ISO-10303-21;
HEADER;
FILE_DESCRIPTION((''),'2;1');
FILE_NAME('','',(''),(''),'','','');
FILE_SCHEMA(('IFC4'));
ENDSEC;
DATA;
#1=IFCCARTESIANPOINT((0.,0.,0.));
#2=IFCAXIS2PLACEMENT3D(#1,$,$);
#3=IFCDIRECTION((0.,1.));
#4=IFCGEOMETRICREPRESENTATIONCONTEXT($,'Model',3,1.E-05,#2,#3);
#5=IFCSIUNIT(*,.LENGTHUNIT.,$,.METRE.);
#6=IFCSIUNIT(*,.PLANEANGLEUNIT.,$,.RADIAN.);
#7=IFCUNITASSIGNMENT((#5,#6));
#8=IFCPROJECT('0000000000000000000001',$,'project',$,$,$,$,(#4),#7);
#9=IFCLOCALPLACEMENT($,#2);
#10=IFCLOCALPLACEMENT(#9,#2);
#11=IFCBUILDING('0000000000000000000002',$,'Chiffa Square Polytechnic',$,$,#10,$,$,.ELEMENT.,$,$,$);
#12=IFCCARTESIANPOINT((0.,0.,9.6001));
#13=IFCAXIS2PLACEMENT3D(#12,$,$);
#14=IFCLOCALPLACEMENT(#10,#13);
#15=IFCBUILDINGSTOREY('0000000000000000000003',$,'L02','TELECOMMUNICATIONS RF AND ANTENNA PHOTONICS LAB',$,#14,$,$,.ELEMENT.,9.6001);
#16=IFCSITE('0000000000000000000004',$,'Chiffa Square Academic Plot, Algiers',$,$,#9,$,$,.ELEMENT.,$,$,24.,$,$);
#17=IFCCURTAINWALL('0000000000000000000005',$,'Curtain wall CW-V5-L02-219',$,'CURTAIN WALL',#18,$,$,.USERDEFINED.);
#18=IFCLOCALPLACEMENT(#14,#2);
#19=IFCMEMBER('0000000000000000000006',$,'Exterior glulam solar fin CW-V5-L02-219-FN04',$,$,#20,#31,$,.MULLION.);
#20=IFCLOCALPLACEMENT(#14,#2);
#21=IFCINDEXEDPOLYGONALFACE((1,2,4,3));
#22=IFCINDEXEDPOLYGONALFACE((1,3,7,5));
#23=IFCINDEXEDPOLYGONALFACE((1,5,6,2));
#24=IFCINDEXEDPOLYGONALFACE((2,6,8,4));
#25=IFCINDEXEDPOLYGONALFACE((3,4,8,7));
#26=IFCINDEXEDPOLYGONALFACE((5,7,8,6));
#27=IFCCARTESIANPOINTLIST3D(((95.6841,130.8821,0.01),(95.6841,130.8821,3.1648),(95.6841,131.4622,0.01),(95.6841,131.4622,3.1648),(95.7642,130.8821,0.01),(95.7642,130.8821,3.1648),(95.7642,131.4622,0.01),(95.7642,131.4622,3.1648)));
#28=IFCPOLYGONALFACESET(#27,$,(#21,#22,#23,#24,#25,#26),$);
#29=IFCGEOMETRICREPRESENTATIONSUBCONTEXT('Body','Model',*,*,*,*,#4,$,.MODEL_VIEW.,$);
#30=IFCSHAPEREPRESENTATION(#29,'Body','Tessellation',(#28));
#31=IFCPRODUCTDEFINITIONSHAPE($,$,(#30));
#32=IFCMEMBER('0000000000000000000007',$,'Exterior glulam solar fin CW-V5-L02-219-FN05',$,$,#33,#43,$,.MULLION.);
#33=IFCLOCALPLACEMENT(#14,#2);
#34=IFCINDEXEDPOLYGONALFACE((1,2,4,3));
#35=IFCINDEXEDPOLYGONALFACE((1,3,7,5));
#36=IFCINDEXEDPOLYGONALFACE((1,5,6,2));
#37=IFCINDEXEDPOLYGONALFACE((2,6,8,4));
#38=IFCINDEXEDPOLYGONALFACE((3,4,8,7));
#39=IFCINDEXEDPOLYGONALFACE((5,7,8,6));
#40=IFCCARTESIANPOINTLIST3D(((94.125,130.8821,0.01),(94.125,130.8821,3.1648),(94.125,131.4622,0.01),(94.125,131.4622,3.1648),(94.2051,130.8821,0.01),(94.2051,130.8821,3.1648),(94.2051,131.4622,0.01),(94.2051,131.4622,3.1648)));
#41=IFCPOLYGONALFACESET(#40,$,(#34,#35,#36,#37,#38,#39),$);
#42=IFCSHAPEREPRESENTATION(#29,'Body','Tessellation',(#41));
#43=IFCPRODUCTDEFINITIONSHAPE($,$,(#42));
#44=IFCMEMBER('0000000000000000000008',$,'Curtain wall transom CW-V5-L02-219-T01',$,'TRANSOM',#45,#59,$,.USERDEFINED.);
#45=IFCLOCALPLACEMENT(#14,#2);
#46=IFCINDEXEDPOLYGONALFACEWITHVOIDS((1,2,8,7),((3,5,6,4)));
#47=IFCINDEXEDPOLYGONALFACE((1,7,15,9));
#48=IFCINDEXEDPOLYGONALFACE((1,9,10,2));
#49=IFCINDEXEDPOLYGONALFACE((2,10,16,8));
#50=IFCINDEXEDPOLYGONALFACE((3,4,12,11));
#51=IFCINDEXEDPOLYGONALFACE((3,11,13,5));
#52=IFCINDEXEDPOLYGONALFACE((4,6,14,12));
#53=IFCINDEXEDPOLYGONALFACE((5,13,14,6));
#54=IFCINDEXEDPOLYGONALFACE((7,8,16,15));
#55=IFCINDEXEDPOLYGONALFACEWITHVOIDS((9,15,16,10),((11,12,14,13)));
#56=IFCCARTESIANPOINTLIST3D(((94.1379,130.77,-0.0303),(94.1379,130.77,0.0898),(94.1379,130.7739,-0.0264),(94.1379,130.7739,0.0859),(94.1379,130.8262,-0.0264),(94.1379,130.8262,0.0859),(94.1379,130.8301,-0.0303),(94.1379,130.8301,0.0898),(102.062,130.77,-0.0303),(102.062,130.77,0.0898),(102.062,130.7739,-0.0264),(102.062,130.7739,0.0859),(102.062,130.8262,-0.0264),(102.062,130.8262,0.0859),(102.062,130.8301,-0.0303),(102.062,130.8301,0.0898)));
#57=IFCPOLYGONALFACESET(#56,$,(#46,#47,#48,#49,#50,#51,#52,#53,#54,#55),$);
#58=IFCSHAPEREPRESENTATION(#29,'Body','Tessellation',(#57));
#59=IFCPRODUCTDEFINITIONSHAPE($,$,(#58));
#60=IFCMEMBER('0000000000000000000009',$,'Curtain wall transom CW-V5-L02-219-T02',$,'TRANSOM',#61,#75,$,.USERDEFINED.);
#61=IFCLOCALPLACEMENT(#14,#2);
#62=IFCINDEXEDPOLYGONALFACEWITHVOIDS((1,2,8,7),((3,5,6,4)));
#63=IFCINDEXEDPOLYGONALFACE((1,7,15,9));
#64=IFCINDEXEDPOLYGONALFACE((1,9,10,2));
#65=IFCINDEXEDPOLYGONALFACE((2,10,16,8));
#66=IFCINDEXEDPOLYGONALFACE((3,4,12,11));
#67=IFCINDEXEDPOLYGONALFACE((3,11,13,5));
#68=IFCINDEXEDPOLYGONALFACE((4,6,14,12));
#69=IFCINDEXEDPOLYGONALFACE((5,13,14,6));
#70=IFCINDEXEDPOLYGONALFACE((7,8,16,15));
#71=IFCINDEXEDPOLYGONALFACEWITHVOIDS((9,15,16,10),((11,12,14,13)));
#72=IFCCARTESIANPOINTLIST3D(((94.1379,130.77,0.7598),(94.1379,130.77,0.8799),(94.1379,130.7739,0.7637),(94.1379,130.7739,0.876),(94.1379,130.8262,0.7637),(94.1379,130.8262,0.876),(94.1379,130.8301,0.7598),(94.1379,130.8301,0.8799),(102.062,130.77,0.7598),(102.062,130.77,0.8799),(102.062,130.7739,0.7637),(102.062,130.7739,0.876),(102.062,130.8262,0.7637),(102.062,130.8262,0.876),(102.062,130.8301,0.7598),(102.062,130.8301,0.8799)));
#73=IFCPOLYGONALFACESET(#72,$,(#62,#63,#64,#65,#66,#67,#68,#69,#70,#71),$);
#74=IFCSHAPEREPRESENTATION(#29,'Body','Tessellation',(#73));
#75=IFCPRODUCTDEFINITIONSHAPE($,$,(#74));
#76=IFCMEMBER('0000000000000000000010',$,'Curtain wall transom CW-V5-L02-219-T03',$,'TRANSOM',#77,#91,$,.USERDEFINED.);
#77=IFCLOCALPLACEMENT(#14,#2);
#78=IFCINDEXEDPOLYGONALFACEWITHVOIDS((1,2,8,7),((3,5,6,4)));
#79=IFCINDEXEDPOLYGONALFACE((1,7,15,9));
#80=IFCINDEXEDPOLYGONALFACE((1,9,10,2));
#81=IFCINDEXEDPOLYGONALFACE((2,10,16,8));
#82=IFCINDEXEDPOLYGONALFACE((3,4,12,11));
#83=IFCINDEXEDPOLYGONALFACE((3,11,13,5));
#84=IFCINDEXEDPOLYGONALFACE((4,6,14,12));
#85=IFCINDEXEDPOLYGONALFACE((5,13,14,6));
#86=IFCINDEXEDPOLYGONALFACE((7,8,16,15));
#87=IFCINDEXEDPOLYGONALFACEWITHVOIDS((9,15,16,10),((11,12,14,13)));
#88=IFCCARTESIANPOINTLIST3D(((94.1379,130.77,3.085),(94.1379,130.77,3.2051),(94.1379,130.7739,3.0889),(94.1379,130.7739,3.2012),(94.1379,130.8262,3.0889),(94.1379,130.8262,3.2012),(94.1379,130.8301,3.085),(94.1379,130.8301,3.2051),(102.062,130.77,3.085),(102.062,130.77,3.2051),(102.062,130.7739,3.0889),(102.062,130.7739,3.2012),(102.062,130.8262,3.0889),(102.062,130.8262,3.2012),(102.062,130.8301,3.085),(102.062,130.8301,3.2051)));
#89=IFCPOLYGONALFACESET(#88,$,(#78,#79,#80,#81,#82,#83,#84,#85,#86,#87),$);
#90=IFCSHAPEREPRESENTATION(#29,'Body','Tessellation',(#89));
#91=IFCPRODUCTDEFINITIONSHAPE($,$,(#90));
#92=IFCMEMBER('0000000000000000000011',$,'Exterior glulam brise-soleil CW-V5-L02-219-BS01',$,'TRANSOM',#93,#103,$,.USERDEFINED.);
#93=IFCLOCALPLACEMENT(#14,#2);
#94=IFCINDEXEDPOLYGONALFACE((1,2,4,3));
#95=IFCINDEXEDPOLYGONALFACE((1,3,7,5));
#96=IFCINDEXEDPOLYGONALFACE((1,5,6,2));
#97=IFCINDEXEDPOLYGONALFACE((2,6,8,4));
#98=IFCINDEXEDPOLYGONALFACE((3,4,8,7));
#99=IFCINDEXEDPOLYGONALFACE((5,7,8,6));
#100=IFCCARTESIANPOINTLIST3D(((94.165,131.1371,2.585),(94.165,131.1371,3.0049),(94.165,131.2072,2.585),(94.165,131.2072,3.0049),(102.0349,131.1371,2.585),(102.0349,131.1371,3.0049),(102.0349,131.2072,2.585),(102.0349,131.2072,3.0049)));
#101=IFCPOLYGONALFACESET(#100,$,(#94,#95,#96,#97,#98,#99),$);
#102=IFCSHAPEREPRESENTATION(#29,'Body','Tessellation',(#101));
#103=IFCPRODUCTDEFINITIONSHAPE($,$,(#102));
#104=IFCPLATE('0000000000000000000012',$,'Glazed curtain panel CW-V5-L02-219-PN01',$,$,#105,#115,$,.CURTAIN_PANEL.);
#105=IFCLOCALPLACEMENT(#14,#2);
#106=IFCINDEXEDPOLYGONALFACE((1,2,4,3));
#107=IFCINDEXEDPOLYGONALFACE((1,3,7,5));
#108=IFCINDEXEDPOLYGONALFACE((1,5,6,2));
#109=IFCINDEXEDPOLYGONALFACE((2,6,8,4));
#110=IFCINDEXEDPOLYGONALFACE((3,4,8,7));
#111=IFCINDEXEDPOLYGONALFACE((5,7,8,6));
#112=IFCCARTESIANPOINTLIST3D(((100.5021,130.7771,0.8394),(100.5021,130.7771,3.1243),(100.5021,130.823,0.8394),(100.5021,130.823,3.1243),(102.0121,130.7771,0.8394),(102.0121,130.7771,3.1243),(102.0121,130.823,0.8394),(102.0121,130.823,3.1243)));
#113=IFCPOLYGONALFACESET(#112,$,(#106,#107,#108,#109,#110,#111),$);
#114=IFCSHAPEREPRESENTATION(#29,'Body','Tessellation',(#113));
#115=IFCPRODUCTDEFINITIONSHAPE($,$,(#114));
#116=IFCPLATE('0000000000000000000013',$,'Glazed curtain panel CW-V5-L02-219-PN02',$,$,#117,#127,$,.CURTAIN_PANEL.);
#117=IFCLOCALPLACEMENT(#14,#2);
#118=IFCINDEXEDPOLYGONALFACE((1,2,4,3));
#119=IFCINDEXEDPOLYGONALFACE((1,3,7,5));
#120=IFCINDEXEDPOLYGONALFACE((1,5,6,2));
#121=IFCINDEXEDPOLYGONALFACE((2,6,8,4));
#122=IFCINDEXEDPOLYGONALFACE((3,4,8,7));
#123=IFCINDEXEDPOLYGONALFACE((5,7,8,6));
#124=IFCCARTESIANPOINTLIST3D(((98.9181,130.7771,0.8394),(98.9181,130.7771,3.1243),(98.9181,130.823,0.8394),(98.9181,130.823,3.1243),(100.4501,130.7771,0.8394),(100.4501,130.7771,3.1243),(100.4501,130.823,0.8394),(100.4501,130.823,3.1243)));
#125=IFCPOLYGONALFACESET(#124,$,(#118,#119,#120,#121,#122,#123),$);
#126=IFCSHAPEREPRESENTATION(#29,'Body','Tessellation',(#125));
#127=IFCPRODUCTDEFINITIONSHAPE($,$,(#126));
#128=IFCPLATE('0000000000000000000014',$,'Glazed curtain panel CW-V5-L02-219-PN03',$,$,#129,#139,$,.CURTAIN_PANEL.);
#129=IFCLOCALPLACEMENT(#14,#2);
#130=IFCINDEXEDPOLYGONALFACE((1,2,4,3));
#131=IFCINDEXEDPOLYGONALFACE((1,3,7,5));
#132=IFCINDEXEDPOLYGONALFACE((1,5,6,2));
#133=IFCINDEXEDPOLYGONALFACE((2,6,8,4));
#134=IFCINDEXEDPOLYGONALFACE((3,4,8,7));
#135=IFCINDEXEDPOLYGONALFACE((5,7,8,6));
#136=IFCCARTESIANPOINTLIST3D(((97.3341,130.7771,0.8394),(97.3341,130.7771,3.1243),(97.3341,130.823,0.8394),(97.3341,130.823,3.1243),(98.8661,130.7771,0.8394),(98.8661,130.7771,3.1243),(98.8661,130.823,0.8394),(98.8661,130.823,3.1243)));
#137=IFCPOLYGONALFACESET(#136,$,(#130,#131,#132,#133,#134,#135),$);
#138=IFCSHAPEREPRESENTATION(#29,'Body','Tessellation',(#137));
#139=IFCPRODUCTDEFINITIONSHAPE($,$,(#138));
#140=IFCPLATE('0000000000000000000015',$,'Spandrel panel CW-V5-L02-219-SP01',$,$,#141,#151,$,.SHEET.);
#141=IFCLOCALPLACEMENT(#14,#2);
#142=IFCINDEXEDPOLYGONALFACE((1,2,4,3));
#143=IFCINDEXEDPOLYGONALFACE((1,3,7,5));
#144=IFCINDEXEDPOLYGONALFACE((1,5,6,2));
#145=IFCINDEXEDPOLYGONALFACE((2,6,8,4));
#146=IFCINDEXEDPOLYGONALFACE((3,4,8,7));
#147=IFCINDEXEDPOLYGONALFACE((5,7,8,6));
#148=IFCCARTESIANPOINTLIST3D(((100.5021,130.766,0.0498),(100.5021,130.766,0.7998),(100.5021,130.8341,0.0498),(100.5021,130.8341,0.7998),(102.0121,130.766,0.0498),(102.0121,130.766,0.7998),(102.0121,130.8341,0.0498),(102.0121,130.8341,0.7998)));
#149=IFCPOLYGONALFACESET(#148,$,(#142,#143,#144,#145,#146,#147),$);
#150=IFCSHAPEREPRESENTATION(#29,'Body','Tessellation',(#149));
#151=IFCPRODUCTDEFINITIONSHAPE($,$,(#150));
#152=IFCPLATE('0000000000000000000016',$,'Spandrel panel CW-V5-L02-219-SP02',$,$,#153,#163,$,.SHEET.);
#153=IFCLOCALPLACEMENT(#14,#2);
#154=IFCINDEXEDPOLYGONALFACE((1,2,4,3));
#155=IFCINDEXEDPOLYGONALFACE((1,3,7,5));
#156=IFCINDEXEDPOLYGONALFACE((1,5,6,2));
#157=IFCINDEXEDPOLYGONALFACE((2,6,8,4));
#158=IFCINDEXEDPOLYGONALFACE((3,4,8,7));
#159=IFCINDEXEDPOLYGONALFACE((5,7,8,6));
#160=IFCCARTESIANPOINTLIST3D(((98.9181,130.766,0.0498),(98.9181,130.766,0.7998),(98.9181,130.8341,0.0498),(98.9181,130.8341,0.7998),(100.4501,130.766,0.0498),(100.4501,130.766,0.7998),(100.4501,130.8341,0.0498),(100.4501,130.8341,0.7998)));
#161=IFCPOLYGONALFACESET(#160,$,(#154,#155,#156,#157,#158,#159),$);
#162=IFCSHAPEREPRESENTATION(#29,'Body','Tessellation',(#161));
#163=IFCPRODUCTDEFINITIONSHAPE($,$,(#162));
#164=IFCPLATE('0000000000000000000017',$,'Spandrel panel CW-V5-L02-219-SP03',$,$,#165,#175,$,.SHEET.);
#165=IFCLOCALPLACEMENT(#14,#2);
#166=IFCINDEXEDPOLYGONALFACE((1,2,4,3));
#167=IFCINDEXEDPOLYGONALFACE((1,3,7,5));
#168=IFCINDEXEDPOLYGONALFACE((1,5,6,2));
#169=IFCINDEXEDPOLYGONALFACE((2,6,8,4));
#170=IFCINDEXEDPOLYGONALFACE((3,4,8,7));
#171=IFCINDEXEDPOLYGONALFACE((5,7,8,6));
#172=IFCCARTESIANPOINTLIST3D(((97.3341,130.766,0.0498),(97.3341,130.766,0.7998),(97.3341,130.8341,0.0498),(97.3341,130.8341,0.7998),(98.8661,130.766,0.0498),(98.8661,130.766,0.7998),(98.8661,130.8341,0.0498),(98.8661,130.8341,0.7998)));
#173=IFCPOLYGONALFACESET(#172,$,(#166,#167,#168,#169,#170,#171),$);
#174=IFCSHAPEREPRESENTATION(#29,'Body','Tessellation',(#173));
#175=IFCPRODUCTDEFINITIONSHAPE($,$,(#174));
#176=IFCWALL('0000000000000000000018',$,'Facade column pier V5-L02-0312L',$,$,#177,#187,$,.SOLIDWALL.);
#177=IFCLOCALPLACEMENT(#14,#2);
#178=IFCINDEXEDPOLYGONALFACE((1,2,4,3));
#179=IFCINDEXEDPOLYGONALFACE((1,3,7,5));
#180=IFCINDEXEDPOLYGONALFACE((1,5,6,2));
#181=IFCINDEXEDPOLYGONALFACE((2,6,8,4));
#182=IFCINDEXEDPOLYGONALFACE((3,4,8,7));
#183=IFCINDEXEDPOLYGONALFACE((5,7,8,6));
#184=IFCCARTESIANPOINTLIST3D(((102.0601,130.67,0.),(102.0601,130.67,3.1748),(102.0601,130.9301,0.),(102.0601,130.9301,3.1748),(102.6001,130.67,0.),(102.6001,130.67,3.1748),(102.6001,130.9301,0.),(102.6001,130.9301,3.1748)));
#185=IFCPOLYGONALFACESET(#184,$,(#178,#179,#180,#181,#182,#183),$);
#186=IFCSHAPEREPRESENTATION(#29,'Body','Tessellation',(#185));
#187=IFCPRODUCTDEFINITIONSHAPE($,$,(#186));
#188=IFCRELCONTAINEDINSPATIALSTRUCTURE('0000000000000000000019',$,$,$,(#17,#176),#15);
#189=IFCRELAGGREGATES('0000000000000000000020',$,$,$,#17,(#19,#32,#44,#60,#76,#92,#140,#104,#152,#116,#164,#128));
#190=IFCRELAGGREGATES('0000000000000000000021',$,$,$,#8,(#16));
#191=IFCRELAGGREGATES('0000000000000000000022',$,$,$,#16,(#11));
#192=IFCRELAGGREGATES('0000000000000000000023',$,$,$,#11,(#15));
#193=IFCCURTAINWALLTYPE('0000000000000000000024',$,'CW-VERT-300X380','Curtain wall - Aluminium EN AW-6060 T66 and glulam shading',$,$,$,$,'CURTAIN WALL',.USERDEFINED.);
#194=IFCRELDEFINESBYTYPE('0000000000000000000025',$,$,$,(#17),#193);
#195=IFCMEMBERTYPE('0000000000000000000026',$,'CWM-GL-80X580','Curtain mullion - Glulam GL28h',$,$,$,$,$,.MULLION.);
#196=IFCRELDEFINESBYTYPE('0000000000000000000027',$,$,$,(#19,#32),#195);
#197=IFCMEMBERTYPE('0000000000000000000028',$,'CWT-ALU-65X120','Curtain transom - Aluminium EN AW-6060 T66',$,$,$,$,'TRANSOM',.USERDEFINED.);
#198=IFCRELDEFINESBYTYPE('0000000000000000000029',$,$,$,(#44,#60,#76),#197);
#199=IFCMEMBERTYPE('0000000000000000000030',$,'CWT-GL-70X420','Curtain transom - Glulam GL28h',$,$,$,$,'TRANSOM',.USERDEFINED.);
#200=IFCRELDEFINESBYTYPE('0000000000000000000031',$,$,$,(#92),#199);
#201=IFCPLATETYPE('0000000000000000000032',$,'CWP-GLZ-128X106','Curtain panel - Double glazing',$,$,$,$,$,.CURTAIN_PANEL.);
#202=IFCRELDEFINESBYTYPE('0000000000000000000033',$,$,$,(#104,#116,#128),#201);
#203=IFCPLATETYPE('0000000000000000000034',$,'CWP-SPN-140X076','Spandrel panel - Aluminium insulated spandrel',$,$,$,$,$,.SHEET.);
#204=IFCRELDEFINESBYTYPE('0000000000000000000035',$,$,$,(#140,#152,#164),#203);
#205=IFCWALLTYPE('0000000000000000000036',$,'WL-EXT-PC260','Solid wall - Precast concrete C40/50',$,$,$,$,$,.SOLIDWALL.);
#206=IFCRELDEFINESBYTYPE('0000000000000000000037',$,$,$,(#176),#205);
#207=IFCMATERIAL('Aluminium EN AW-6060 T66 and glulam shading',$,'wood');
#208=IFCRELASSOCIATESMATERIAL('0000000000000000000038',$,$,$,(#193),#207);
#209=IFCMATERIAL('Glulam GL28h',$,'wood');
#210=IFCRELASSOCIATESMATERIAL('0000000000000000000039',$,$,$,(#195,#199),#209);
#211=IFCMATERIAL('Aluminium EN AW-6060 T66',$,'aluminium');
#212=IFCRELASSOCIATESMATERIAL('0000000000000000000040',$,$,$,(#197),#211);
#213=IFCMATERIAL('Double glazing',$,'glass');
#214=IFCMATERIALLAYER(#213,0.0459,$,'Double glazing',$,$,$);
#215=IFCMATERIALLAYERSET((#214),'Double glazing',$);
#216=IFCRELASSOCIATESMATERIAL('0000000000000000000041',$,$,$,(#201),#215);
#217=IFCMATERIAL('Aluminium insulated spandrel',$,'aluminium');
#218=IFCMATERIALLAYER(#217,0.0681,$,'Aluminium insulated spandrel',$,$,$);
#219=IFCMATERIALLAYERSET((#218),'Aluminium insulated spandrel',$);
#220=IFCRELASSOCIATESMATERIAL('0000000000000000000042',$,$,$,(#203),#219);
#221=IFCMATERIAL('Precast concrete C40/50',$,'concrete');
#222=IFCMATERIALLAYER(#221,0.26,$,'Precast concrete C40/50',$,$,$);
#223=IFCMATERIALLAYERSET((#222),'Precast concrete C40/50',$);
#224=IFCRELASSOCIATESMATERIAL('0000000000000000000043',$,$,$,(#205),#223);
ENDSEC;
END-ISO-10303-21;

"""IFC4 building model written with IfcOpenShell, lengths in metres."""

from ifc_helpers import new_model, si_unit, direction, frame, frame_2d, origin, origin_2d, place, context, subcontext, project, spatial, rectangle, hollow_rectangle, extrude, material, layer, layer_set, material_profile, profile_set, type_object, element, aggregate, save


model = new_model("IFC4")

# Units and contexts
model_context = context("Model", 3, precision=1e-05, world=origin(), true_north=direction((0.0, 1.0)))
body_context = subcontext(model_context, "Body", "Model", "MODEL_VIEW")
ifc_project = project(units=[si_unit("LENGTHUNIT", "METRE"), si_unit("PLANEANGLEUNIT", "RADIAN")], contexts=[model_context])

# Site, building, storey
site_placement = place(None, origin())
site = spatial("IfcSite", under=ifc_project, at=site_placement, Name="Chiffa Square Academic Plot, Algiers", CompositionType="ELEMENT", RefElevation=24.0)
building_placement = place(site_placement, origin())
building = spatial("IfcBuilding", under=site, at=building_placement, Name="Chiffa Square Polytechnic", CompositionType="ELEMENT")
storey_placement = place(building_placement, frame((0.0, 0.0, 9.6001)))
storey = spatial("IfcBuildingStorey", under=building, at=storey_placement, Name="L02", Description="TELECOMMUNICATIONS RF AND ANTENNA PHOTONICS LAB", CompositionType="ELEMENT", Elevation=9.6001)

# Shared definitions
ifc_material_1 = material(Name="Aluminium EN AW-6060 T66 and glulam shading", Category="wood")
ifc_material_2 = material(Name="Aluminium EN AW-6060 T66", Category="aluminium")

# Curtain wall
curtain_wall_type_1 = type_object("IfcCurtainWallType", Name="CW-VERT-300X380", Description="Curtain wall - Aluminium EN AW-6060 T66 and glulam shading", ElementType="CURTAIN WALL", PredefinedType="USERDEFINED", material=ifc_material_1)
curtain_wall_1_placement = place(storey_placement, origin())
curtain_wall_1 = element("IfcCurtainWall", 1, at=curtain_wall_1_placement, inside=storey, type_object=curtain_wall_type_1, Name="Curtain wall CW-V5-L02-219", ObjectType="CURTAIN WALL", PredefinedType="USERDEFINED")

# Members
ifc_material_3 = material(Name="Glulam GL28h", Category="wood")
ifc_material_profile_1 = material_profile(ifc_material_3, rectangle(XDim=0.0801, YDim=0.5801, at=origin_2d()), Name="GL28h 80x580")
ifc_profile_set_1 = profile_set([ifc_material_profile_1], Name="Glulam GL28h")
member_type_1 = type_object("IfcMemberType", Name="CWM-GL-80X580", Description="Curtain mullion - Glulam GL28h", PredefinedType="MULLION", material=ifc_profile_set_1)
member_1_placement = place(storey_placement, frame((95.7241, 131.1721, 0.01), z_axis=(0.0, 0.0, 1.0), x_axis=(-1.0, 0.0, 0.0)))
member_1 = element("IfcMember", 2, at=member_1_placement, type_object=member_type_1, Name="Exterior glulam solar fin CW-V5-L02-219-FN04", PredefinedType="MULLION", context=body_context, shape_type="SweptSolid", body=[
    extrude(rectangle(XDim=0.0801, YDim=0.5801, at=origin_2d()), origin(), (0.0, 0.0, 1.0), 3.1548),
])
member_2_placement = place(storey_placement, frame((94.165, 131.1721, 0.01), z_axis=(0.0, 0.0, 1.0), x_axis=(-1.0, 0.0, 0.0)))
member_2 = element("IfcMember", 3, at=member_2_placement, type_object=member_type_1, Name="Exterior glulam solar fin CW-V5-L02-219-FN05", PredefinedType="MULLION", context=body_context, shape_type="SweptSolid", body=[
    extrude(rectangle(XDim=0.0801, YDim=0.5801, at=origin_2d()), origin(), (0.0, 0.0, 1.0), 3.1548),
])
ifc_material_profile_2 = material_profile(ifc_material_2, hollow_rectangle(XDim=0.0601, YDim=0.1201, WallThickness=0.0039, at=origin_2d()), Name="ALU 60x120x4")
ifc_profile_set_2 = profile_set([ifc_material_profile_2], Name="Aluminium EN AW-6060 T66")
member_type_2 = type_object("IfcMemberType", Name="CWT-ALU-65X120", Description="Curtain transom - Aluminium EN AW-6060 T66", ElementType="TRANSOM", PredefinedType="USERDEFINED", material=ifc_profile_set_2)
member_3_placement = place(storey_placement, frame((102.062, 130.8, 0.0298), z_axis=(-1.0, 0.0, 0.0), x_axis=(0.0, -1.0, 0.0)))
member_3 = element("IfcMember", 4, at=member_3_placement, type_object=member_type_2, Name="Curtain wall transom CW-V5-L02-219-T01", ObjectType="TRANSOM", PredefinedType="USERDEFINED", context=body_context, shape_type="SweptSolid", body=[
    extrude(hollow_rectangle(XDim=0.0601, YDim=0.1201, WallThickness=0.0039, at=origin_2d()), origin(), (0.0, 0.0, 1.0), 7.9241),
])
member_4_placement = place(storey_placement, frame((102.062, 130.8, 0.8198), z_axis=(-1.0, 0.0, 0.0), x_axis=(0.0, -1.0, 0.0)))
member_4 = element("IfcMember", 5, at=member_4_placement, type_object=member_type_2, Name="Curtain wall transom CW-V5-L02-219-T02", ObjectType="TRANSOM", PredefinedType="USERDEFINED", context=body_context, shape_type="SweptSolid", body=[
    extrude(hollow_rectangle(XDim=0.0601, YDim=0.1201, WallThickness=0.0039, at=origin_2d()), origin(), (0.0, 0.0, 1.0), 7.9241),
])
member_5_placement = place(storey_placement, frame((102.062, 130.8, 3.145), z_axis=(-1.0, 0.0, 0.0), x_axis=(0.0, -1.0, 0.0)))
member_5 = element("IfcMember", 6, at=member_5_placement, type_object=member_type_2, Name="Curtain wall transom CW-V5-L02-219-T03", ObjectType="TRANSOM", PredefinedType="USERDEFINED", context=body_context, shape_type="SweptSolid", body=[
    extrude(hollow_rectangle(XDim=0.0601, YDim=0.1201, WallThickness=0.0039, at=origin_2d()), origin(), (0.0, 0.0, 1.0), 7.9241),
])
ifc_material_profile_3 = material_profile(ifc_material_3, rectangle(XDim=0.0701, YDim=0.4199, at=origin_2d()), Name="GL28h 70x420")
ifc_profile_set_3 = profile_set([ifc_material_profile_3], Name="Glulam GL28h")
member_type_3 = type_object("IfcMemberType", Name="CWT-GL-70X420", Description="Curtain transom - Glulam GL28h", ElementType="TRANSOM", PredefinedType="USERDEFINED", material=ifc_profile_set_3)
member_6_placement = place(storey_placement, frame((102.0349, 131.1721, 2.7949), z_axis=(-1.0, 0.0, 0.0), x_axis=(0.0, -1.0, 0.0)))
member_6 = element("IfcMember", 7, at=member_6_placement, type_object=member_type_3, Name="Exterior glulam brise-soleil CW-V5-L02-219-BS01", ObjectType="TRANSOM", PredefinedType="USERDEFINED", context=body_context, shape_type="SweptSolid", body=[
    extrude(rectangle(XDim=0.0701, YDim=0.4199, at=origin_2d()), origin(), (0.0, 0.0, 1.0), 7.8699),
])

# Plates
ifc_material_4 = material(Name="Double glazing", Category="glass")
ifc_layer_1 = layer(ifc_material_4, 0.0459, Name="Double glazing")
ifc_layer_set_1 = layer_set([ifc_layer_1], Name="Double glazing")
plate_type_1 = type_object("IfcPlateType", Name="CWP-GLZ-128X106", Description="Curtain panel - Double glazing", PredefinedType="CURTAIN_PANEL", material=ifc_layer_set_1)
plate_1_placement = place(storey_placement, frame((101.2571, 130.8, 0.8394), z_axis=(0.0, 0.0, 1.0), x_axis=(-1.0, 0.0, 0.0)))
plate_1 = element("IfcPlate", 8, at=plate_1_placement, type_object=plate_type_1, Name="Glazed curtain panel CW-V5-L02-219-PN01", PredefinedType="CURTAIN_PANEL", context=body_context, shape_type="SweptSolid", body=[
    extrude(rectangle(XDim=1.51, YDim=0.0459, at=origin_2d()), origin(), (0.0, 0.0, 1.0), 2.2849),
])
plate_2_placement = place(storey_placement, frame((99.6841, 130.8, 0.8394), z_axis=(0.0, 0.0, 1.0), x_axis=(-1.0, 0.0, 0.0)))
plate_2 = element("IfcPlate", 9, at=plate_2_placement, type_object=plate_type_1, Name="Glazed curtain panel CW-V5-L02-219-PN02", PredefinedType="CURTAIN_PANEL", context=body_context, shape_type="SweptSolid", body=[
    extrude(rectangle(XDim=1.532, YDim=0.0459, at=origin_2d()), origin(), (0.0, 0.0, 1.0), 2.2849),
])
plate_3_placement = place(storey_placement, frame((98.1001, 130.8, 0.8394), z_axis=(0.0, 0.0, 1.0), x_axis=(-1.0, 0.0, 0.0)))
plate_3 = element("IfcPlate", 10, at=plate_3_placement, type_object=plate_type_1, Name="Glazed curtain panel CW-V5-L02-219-PN03", PredefinedType="CURTAIN_PANEL", context=body_context, shape_type="SweptSolid", body=[
    extrude(rectangle(XDim=1.532, YDim=0.0459, at=origin_2d()), origin(), (0.0, 0.0, 1.0), 2.2849),
])
ifc_material_5 = material(Name="Aluminium insulated spandrel", Category="aluminium")
ifc_layer_2 = layer(ifc_material_5, 0.0681, Name="Aluminium insulated spandrel")
ifc_layer_set_2 = layer_set([ifc_layer_2], Name="Aluminium insulated spandrel")
plate_type_2 = type_object("IfcPlateType", Name="CWP-SPN-140X076", Description="Spandrel panel - Aluminium insulated spandrel", PredefinedType="SHEET", material=ifc_layer_set_2)
plate_4_placement = place(storey_placement, frame((101.2571, 130.8, 0.0498), z_axis=(0.0, 0.0, 1.0), x_axis=(-1.0, 0.0, 0.0)))
plate_4 = element("IfcPlate", 11, at=plate_4_placement, type_object=plate_type_2, Name="Spandrel panel CW-V5-L02-219-SP01", PredefinedType="SHEET", context=body_context, shape_type="SweptSolid", body=[
    extrude(rectangle(XDim=1.51, YDim=0.0681, at=origin_2d()), origin(), (0.0, 0.0, 1.0), 0.75),
])
plate_5_placement = place(storey_placement, frame((99.6841, 130.8, 0.0498), z_axis=(0.0, 0.0, 1.0), x_axis=(-1.0, 0.0, 0.0)))
plate_5 = element("IfcPlate", 12, at=plate_5_placement, type_object=plate_type_2, Name="Spandrel panel CW-V5-L02-219-SP02", PredefinedType="SHEET", context=body_context, shape_type="SweptSolid", body=[
    extrude(rectangle(XDim=1.532, YDim=0.0681, at=origin_2d()), origin(), (0.0, 0.0, 1.0), 0.75),
])
plate_6_placement = place(storey_placement, frame((98.1001, 130.8, 0.0498), z_axis=(0.0, 0.0, 1.0), x_axis=(-1.0, 0.0, 0.0)))
plate_6 = element("IfcPlate", 13, at=plate_6_placement, type_object=plate_type_2, Name="Spandrel panel CW-V5-L02-219-SP03", PredefinedType="SHEET", context=body_context, shape_type="SweptSolid", body=[
    extrude(rectangle(XDim=1.532, YDim=0.0681, at=origin_2d()), origin(), (0.0, 0.0, 1.0), 0.75),
])
aggregate(curtain_wall_1, [member_1, member_2, member_3, member_4, member_5, member_6, plate_4, plate_1, plate_5, plate_2, plate_6, plate_3])

# Wall
ifc_material_6 = material(Name="Precast concrete C40/50", Category="concrete")
ifc_layer_3 = layer(ifc_material_6, 0.26, Name="Precast concrete C40/50")
ifc_layer_set_3 = layer_set([ifc_layer_3], Name="Precast concrete C40/50")
wall_type_1 = type_object("IfcWallType", Name="WL-EXT-PC260", Description="Solid wall - Precast concrete C40/50", PredefinedType="SOLIDWALL", material=ifc_layer_set_3)
wall_1_placement = place(storey_placement, frame((102.6001, 130.8, 0.0), z_axis=(0.0, 0.0, 1.0), x_axis=(-1.0, 0.0, 0.0)))
element("IfcWall", 14, at=wall_1_placement, inside=storey, type_object=wall_type_1, Name="Facade column pier V5-L02-0312L", PredefinedType="SOLIDWALL", context=body_context, shape_type="SweptSolid", body=[
    extrude(rectangle(XDim=0.54, YDim=0.26, at=frame_2d((0.27, 0.0))), origin(), (0.0, 0.0, 1.0), 3.1748),
])

save(model, "model.ifc")
